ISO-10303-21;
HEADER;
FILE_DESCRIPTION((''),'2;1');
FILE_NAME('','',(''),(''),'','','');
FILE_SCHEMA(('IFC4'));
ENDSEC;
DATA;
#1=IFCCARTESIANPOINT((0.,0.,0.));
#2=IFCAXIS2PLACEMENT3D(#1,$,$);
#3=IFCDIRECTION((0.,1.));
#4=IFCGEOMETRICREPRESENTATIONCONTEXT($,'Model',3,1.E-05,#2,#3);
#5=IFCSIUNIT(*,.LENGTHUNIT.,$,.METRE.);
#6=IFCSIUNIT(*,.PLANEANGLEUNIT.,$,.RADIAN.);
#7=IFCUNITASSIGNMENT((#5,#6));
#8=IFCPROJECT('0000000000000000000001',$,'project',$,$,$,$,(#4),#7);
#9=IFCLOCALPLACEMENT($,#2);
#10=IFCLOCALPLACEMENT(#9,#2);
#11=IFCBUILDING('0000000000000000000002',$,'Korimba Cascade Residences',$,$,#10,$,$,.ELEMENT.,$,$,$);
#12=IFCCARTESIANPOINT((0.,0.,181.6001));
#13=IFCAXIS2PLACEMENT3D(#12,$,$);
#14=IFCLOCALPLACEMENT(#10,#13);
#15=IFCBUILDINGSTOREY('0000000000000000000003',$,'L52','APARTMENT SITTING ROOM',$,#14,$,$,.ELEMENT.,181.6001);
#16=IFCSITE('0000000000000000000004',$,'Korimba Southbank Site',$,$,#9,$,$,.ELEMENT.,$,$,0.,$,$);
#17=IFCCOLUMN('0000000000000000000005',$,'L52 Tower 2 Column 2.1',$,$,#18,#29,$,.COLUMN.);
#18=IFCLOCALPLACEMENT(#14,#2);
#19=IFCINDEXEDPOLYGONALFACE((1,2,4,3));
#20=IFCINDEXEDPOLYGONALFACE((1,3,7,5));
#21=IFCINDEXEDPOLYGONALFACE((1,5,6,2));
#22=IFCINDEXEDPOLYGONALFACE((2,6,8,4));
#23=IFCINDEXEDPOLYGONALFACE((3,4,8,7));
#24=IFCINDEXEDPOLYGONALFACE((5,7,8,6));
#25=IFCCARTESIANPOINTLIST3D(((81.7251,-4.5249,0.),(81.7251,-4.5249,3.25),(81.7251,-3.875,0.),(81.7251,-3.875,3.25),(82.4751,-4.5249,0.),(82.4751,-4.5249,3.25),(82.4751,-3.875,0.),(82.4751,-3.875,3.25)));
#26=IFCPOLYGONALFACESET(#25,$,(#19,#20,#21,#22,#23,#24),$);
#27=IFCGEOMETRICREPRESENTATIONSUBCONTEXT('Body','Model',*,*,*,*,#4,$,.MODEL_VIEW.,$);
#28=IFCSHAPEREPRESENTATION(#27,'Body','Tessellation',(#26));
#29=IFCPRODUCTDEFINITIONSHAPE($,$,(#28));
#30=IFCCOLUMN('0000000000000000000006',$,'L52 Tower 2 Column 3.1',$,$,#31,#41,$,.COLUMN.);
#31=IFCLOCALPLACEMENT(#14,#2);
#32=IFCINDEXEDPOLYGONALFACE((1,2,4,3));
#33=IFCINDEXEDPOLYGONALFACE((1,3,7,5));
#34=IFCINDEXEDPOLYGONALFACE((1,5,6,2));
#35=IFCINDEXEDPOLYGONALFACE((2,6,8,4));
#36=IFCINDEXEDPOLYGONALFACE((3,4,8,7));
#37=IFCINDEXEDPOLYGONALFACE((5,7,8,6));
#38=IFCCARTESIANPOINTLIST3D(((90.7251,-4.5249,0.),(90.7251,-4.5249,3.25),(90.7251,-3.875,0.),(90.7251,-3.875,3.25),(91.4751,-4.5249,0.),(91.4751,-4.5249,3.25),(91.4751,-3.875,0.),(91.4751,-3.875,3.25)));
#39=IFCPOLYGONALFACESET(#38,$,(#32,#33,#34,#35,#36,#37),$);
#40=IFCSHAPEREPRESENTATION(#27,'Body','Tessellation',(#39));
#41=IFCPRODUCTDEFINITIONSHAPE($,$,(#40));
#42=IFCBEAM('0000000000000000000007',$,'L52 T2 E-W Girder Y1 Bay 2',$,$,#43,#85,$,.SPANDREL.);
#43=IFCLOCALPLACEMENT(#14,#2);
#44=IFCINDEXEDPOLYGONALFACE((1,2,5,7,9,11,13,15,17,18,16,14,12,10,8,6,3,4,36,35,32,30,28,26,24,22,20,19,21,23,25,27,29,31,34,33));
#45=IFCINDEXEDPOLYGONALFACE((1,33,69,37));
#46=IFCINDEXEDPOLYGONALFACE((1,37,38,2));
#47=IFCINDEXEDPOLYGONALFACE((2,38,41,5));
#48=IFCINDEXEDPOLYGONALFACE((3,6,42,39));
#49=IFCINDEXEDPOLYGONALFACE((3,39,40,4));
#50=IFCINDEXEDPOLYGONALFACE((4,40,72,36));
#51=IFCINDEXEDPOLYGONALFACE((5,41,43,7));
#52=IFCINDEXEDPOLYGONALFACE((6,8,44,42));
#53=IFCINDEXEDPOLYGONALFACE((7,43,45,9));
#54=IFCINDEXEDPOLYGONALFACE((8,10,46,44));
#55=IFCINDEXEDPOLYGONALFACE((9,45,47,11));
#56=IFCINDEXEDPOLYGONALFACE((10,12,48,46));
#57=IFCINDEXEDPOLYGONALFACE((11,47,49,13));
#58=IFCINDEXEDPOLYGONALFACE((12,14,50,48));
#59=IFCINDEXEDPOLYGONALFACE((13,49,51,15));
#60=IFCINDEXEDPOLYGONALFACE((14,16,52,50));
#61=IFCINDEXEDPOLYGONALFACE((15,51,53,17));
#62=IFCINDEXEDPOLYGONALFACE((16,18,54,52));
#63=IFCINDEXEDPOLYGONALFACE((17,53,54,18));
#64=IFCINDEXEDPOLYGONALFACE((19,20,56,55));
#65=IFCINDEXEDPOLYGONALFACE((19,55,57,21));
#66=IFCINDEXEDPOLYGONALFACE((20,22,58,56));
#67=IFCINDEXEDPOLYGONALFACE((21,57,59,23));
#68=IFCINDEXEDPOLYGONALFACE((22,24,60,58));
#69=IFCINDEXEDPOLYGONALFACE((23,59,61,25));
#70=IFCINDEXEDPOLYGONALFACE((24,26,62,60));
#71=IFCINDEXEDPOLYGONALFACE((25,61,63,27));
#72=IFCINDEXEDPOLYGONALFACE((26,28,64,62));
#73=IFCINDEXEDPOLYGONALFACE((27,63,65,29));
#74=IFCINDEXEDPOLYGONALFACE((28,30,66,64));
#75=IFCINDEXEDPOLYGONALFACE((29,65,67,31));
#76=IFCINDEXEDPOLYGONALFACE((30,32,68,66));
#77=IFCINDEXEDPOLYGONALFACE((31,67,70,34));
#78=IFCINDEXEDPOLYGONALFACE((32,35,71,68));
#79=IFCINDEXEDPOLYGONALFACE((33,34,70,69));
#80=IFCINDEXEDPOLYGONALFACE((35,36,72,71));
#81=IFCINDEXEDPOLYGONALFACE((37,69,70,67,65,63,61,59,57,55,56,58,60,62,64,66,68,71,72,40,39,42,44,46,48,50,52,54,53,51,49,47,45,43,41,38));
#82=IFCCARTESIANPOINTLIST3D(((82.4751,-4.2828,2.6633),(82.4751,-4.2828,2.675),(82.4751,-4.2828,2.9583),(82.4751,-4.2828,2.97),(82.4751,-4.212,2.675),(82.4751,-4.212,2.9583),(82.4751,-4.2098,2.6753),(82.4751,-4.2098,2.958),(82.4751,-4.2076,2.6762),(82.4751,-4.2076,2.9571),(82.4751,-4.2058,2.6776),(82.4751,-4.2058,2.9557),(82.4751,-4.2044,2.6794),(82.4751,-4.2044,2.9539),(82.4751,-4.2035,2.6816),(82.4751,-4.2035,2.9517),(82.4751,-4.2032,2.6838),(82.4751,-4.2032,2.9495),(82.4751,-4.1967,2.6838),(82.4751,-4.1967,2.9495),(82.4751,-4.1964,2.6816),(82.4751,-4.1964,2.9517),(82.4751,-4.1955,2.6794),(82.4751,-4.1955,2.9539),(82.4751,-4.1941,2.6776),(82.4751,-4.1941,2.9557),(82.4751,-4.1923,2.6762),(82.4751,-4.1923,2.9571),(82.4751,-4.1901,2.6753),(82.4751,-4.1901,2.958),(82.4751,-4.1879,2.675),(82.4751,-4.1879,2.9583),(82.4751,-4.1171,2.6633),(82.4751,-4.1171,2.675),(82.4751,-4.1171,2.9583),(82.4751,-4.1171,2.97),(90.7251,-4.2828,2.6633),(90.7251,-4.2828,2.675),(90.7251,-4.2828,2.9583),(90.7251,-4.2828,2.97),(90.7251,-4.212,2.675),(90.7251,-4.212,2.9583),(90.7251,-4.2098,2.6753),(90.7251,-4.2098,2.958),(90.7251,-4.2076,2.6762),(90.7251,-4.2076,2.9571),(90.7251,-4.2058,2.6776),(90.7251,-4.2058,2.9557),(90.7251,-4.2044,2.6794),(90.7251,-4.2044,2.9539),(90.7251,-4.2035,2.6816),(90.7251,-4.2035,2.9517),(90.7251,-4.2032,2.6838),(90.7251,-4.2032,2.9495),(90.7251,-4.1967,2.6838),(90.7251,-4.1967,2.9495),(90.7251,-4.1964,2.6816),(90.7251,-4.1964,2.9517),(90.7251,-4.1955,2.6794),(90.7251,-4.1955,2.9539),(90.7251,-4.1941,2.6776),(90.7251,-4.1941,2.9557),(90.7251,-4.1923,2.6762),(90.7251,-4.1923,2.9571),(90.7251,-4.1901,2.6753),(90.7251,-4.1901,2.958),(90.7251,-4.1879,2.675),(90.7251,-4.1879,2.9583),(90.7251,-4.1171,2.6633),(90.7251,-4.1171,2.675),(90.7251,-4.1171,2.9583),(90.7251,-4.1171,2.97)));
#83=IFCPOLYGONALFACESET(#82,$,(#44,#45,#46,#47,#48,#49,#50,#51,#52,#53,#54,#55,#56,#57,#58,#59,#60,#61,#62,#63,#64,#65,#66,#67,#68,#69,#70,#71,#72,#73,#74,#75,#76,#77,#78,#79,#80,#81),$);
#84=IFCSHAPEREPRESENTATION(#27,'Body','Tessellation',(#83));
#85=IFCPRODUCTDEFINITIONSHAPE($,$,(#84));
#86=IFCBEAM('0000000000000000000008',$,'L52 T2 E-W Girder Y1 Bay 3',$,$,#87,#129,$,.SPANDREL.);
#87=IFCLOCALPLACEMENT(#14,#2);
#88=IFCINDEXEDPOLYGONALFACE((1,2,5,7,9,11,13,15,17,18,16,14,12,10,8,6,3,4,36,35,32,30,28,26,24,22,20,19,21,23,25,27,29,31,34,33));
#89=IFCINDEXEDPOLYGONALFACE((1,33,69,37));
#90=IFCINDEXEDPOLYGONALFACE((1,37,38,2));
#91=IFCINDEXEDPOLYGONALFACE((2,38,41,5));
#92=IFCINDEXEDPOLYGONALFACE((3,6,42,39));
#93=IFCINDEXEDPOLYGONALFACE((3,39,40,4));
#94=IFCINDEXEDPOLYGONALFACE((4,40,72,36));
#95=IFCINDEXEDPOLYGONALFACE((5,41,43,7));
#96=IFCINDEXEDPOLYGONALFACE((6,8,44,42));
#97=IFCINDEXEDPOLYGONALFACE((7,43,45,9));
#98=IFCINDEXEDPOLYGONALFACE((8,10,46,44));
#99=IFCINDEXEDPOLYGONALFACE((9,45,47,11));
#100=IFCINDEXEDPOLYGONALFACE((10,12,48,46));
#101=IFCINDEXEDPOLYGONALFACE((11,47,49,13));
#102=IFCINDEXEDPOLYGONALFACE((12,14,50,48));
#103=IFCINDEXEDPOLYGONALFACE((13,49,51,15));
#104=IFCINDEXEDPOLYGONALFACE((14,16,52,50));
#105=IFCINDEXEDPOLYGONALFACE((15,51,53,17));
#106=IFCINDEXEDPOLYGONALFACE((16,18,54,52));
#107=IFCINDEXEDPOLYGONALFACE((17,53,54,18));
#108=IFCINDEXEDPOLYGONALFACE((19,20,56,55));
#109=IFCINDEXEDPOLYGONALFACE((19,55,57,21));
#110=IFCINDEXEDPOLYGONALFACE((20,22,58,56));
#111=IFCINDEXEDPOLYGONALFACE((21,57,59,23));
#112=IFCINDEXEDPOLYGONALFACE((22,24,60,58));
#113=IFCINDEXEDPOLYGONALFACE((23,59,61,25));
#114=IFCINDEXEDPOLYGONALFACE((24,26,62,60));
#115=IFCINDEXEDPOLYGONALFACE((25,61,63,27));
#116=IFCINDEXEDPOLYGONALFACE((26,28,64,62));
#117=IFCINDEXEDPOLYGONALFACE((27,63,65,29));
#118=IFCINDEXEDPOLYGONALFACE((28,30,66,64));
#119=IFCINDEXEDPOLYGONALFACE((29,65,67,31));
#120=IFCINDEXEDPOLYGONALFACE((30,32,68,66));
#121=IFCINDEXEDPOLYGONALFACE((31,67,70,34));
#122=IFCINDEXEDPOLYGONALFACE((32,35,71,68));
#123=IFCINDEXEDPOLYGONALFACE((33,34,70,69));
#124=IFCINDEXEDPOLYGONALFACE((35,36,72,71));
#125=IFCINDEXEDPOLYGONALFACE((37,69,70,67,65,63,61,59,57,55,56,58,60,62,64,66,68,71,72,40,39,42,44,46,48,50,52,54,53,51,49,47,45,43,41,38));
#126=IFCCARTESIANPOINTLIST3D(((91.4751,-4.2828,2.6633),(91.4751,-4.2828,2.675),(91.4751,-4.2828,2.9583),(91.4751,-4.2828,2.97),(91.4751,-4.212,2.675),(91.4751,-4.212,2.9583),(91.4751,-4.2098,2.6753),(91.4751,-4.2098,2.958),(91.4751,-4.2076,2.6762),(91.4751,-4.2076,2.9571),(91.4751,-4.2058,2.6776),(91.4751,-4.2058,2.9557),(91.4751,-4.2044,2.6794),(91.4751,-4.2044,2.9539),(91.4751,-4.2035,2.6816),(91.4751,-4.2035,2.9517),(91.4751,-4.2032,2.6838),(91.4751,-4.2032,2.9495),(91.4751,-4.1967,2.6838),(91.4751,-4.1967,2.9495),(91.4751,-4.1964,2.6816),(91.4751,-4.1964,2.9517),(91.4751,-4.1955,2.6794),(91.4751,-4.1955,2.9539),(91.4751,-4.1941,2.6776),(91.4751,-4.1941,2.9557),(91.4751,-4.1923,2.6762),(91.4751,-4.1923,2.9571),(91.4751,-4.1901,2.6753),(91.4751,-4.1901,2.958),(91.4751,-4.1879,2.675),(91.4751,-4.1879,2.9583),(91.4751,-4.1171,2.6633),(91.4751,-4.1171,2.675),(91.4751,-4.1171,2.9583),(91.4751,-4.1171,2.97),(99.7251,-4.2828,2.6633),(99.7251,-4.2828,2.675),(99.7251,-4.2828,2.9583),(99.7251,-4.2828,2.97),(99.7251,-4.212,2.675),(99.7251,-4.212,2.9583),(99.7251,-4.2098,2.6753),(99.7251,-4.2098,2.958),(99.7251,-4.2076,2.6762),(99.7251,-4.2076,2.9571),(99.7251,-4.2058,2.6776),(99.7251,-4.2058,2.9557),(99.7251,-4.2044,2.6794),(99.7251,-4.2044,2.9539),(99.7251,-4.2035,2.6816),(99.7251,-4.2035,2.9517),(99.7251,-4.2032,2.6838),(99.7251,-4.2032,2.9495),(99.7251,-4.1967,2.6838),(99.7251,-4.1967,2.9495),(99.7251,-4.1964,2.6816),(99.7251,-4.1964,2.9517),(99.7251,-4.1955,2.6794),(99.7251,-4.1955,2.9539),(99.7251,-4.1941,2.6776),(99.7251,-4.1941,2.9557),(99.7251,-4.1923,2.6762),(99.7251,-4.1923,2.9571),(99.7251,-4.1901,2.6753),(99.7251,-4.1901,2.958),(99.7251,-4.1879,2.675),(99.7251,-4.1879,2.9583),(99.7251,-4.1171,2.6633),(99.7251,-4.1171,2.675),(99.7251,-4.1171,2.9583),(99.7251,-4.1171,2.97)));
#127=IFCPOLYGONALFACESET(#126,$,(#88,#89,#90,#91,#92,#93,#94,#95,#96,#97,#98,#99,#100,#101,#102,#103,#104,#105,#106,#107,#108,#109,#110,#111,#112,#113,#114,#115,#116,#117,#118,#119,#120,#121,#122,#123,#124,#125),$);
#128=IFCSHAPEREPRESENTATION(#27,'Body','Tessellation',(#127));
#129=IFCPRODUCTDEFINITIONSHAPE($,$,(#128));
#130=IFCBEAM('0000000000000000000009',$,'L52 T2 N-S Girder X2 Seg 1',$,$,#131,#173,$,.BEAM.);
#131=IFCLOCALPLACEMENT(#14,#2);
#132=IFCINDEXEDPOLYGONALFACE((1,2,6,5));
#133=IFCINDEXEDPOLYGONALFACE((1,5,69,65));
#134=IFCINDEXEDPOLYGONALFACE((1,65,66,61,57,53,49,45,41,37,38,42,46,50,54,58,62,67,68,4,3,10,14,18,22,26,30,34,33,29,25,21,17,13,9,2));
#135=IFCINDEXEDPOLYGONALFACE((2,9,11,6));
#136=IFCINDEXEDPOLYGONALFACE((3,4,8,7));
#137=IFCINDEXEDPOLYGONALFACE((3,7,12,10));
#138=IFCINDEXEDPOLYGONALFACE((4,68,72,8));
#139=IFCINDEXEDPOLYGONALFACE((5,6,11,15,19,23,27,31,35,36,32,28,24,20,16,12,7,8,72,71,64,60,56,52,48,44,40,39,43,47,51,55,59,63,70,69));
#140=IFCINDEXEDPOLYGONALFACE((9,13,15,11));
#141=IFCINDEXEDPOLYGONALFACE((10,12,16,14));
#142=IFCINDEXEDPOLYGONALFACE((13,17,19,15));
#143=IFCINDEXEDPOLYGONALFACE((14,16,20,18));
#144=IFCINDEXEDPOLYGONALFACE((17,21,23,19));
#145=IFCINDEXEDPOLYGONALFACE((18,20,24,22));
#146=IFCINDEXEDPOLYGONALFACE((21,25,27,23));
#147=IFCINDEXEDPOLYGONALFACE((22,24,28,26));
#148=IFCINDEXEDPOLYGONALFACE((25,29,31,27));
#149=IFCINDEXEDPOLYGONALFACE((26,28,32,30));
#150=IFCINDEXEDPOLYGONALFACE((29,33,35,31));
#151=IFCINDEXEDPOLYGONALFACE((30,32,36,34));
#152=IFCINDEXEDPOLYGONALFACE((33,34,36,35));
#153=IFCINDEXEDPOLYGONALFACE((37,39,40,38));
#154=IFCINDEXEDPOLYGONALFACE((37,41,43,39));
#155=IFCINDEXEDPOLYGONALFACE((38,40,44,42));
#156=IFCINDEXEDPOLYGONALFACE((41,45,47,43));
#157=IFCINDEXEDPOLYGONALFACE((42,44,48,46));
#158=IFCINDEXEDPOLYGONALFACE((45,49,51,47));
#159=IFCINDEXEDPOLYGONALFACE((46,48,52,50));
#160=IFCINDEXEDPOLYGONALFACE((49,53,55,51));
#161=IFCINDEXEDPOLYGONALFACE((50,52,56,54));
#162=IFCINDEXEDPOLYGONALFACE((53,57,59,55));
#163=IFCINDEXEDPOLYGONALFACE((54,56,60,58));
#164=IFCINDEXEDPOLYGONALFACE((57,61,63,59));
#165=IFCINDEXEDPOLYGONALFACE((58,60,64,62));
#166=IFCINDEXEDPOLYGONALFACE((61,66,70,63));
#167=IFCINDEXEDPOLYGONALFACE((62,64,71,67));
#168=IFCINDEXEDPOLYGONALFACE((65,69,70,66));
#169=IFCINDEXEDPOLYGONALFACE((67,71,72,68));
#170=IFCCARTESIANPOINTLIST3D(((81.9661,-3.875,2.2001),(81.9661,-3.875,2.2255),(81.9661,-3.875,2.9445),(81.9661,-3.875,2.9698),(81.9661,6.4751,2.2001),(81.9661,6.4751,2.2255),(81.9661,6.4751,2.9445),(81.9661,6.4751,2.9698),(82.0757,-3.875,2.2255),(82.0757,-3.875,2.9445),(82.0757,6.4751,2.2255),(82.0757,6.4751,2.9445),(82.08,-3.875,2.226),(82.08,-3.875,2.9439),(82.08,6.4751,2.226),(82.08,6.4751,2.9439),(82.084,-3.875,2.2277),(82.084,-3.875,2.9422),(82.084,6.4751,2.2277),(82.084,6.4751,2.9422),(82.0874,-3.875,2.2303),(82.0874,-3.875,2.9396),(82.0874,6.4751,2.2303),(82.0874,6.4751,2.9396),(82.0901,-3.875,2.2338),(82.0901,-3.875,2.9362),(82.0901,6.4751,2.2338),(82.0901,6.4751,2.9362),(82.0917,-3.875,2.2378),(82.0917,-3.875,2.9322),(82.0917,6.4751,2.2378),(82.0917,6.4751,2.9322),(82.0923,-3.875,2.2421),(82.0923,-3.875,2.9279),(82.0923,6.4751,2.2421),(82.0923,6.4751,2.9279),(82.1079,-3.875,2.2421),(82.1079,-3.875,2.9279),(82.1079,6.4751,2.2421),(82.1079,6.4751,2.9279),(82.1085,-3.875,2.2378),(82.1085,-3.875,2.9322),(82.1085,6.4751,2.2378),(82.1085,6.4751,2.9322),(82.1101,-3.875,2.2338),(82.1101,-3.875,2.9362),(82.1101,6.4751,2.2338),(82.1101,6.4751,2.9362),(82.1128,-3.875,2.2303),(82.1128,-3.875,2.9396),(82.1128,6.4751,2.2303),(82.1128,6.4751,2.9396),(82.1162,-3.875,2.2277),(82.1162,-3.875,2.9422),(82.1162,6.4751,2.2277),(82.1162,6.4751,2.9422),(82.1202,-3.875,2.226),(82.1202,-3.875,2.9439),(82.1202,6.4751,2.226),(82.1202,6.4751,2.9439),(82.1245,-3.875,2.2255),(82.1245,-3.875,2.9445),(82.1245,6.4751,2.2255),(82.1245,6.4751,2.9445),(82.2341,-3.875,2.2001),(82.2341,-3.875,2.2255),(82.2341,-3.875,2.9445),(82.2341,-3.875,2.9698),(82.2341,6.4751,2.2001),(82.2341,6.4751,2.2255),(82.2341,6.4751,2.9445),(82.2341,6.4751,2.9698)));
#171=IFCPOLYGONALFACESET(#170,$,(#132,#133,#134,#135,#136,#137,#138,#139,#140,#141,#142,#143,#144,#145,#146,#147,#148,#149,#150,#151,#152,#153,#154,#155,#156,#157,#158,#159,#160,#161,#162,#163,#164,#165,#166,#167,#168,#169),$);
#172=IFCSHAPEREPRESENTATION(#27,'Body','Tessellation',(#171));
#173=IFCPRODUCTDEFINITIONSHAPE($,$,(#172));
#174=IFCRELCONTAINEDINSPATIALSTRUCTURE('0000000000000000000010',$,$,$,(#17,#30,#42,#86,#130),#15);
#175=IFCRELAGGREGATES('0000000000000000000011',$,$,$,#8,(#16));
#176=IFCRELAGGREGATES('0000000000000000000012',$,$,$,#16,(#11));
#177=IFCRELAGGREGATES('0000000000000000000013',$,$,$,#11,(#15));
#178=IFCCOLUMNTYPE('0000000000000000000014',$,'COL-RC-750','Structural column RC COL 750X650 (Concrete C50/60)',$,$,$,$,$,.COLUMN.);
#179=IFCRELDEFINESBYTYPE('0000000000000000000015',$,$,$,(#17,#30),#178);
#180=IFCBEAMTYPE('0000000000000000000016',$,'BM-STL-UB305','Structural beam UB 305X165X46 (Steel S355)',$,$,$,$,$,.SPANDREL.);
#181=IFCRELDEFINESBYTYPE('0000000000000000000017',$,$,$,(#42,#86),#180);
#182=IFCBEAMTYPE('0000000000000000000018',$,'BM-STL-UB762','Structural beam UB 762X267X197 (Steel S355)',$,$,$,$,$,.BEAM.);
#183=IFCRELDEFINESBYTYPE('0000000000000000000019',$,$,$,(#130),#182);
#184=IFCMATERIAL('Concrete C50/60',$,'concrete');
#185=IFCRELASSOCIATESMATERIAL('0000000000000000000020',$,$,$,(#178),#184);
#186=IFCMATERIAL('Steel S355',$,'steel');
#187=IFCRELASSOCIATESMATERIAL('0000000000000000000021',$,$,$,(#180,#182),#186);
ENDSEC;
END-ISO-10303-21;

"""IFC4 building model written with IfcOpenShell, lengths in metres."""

from ifc_helpers import new_model, si_unit, direction, frame, origin, origin_2d, place, context, subcontext, project, spatial, rectangle, i_section, extrude, material, material_profile, profile_set, type_object, element, save


model = new_model("IFC4")

# Units and contexts
model_context = context("Model", 3, precision=1e-05, world=origin(), true_north=direction((0.0, 1.0)))
body_context = subcontext(model_context, "Body", "Model", "MODEL_VIEW")
ifc_project = project(units=[si_unit("LENGTHUNIT", "METRE"), si_unit("PLANEANGLEUNIT", "RADIAN")], contexts=[model_context])

# Site, building, storey
site_placement = place(None, origin())
site = spatial("IfcSite", under=ifc_project, at=site_placement, Name="Korimba Southbank Site", CompositionType="ELEMENT", RefElevation=0.0)
building_placement = place(site_placement, origin())
building = spatial("IfcBuilding", under=site, at=building_placement, Name="Korimba Cascade Residences", CompositionType="ELEMENT")
storey_placement = place(building_placement, frame((0.0, 0.0, 181.6001)))
storey = spatial("IfcBuildingStorey", under=building, at=storey_placement, Name="L52", Description="APARTMENT SITTING ROOM", CompositionType="ELEMENT", Elevation=181.6001)

# Columns
ifc_material_1 = material(Name="Concrete C50/60", Category="concrete")
ifc_material_profile_1 = material_profile(ifc_material_1, rectangle(XDim=0.75, YDim=0.6499, at=origin_2d()), Name="Concrete C50/60")
ifc_profile_set_1 = profile_set([ifc_material_profile_1], Name="Concrete C50/60")
column_type = type_object("IfcColumnType", Name="COL-RC-750", Description="Structural column RC COL 750X650 (Concrete C50/60)", PredefinedType="COLUMN", material=ifc_profile_set_1)
for number, where, z_axis, x_axis, name in (
    (1, (82.1001, -4.2, 0.0), (0.0, 0.0, 1.0), (1.0, 0.0, 0.0), "L52 Tower 2 Column 2.1"),
    (2, (91.1001, -4.2, 0.0), (0.0, 0.0, 1.0), (1.0, 0.0, 0.0), "L52 Tower 2 Column 3.1"),
):
    element("IfcColumn", number, at=place(storey_placement, frame(where, z_axis=z_axis, x_axis=x_axis)), inside=storey, type_object=column_type, Name=name, PredefinedType="COLUMN", context=body_context, shape_type="SweptSolid", body=[
        extrude(rectangle(XDim=0.75, YDim=0.6499, at=origin_2d()), origin(), (0.0, 0.0, 1.0), 3.25),
    ])

# Beams
ifc_material_2 = material(Name="Steel S355", Category="steel")
ifc_material_profile_2 = material_profile(ifc_material_2, i_section(OverallWidth=0.1658, OverallDepth=0.3066, WebThickness=0.0066, FlangeThickness=0.0117, FilletRadius=0.0088, at=origin_2d()), Name="Steel S355")
ifc_profile_set_2 = profile_set([ifc_material_profile_2], Name="Steel S355")
beam_type_1 = type_object("IfcBeamType", Name="BM-STL-UB305", Description="Structural beam UB 305X165X46 (Steel S355)", PredefinedType="SPANDREL", material=ifc_profile_set_2)
for number, where, z_axis, x_axis, name in (
    (3, (82.4751, -4.2, 2.8167), (1.0, 0.0, 0.0), (0.0, 1.0, 0.0), "L52 T2 E-W Girder Y1 Bay 2"),
    (4, (91.4751, -4.2, 2.8167), (1.0, 0.0, 0.0), (0.0, 1.0, 0.0), "L52 T2 E-W Girder Y1 Bay 3"),
):
    element("IfcBeam", number, at=place(storey_placement, frame(where, z_axis=z_axis, x_axis=x_axis)), inside=storey, type_object=beam_type_1, Name=name, PredefinedType="SPANDREL", context=body_context, shape_type="SweptSolid", body=[
        extrude(i_section(OverallWidth=0.1658, OverallDepth=0.3066, WebThickness=0.0066, FlangeThickness=0.0117, FilletRadius=0.0088, at=origin_2d()), origin(), (0.0, 0.0, 1.0), 8.25),
    ])
ifc_material_profile_3 = material_profile(ifc_material_2, i_section(OverallWidth=0.2681, OverallDepth=0.7698, WebThickness=0.0156, FlangeThickness=0.0254, FilletRadius=0.0166, at=origin_2d()), Name="Steel S355")
ifc_profile_set_3 = profile_set([ifc_material_profile_3], Name="Steel S355")
beam_type_2 = type_object("IfcBeamType", Name="BM-STL-UB762", Description="Structural beam UB 762X267X197 (Steel S355)", PredefinedType="BEAM", material=ifc_profile_set_3)
for number, where, z_axis, x_axis, name in (
    (5, (82.1001, -3.875, 2.585), (0.0, 1.0, 0.0), (-1.0, 0.0, 0.0), "L52 T2 N-S Girder X2 Seg 1"),
):
    element("IfcBeam", number, at=place(storey_placement, frame(where, z_axis=z_axis, x_axis=x_axis)), inside=storey, type_object=beam_type_2, Name=name, PredefinedType="BEAM", context=body_context, shape_type="SweptSolid", body=[
        extrude(i_section(OverallWidth=0.2681, OverallDepth=0.7698, WebThickness=0.0156, FlangeThickness=0.0254, FilletRadius=0.0166, at=origin_2d()), origin(), (0.0, 0.0, 1.0), 10.3501),
    ])

save(model, "model.ifc")
